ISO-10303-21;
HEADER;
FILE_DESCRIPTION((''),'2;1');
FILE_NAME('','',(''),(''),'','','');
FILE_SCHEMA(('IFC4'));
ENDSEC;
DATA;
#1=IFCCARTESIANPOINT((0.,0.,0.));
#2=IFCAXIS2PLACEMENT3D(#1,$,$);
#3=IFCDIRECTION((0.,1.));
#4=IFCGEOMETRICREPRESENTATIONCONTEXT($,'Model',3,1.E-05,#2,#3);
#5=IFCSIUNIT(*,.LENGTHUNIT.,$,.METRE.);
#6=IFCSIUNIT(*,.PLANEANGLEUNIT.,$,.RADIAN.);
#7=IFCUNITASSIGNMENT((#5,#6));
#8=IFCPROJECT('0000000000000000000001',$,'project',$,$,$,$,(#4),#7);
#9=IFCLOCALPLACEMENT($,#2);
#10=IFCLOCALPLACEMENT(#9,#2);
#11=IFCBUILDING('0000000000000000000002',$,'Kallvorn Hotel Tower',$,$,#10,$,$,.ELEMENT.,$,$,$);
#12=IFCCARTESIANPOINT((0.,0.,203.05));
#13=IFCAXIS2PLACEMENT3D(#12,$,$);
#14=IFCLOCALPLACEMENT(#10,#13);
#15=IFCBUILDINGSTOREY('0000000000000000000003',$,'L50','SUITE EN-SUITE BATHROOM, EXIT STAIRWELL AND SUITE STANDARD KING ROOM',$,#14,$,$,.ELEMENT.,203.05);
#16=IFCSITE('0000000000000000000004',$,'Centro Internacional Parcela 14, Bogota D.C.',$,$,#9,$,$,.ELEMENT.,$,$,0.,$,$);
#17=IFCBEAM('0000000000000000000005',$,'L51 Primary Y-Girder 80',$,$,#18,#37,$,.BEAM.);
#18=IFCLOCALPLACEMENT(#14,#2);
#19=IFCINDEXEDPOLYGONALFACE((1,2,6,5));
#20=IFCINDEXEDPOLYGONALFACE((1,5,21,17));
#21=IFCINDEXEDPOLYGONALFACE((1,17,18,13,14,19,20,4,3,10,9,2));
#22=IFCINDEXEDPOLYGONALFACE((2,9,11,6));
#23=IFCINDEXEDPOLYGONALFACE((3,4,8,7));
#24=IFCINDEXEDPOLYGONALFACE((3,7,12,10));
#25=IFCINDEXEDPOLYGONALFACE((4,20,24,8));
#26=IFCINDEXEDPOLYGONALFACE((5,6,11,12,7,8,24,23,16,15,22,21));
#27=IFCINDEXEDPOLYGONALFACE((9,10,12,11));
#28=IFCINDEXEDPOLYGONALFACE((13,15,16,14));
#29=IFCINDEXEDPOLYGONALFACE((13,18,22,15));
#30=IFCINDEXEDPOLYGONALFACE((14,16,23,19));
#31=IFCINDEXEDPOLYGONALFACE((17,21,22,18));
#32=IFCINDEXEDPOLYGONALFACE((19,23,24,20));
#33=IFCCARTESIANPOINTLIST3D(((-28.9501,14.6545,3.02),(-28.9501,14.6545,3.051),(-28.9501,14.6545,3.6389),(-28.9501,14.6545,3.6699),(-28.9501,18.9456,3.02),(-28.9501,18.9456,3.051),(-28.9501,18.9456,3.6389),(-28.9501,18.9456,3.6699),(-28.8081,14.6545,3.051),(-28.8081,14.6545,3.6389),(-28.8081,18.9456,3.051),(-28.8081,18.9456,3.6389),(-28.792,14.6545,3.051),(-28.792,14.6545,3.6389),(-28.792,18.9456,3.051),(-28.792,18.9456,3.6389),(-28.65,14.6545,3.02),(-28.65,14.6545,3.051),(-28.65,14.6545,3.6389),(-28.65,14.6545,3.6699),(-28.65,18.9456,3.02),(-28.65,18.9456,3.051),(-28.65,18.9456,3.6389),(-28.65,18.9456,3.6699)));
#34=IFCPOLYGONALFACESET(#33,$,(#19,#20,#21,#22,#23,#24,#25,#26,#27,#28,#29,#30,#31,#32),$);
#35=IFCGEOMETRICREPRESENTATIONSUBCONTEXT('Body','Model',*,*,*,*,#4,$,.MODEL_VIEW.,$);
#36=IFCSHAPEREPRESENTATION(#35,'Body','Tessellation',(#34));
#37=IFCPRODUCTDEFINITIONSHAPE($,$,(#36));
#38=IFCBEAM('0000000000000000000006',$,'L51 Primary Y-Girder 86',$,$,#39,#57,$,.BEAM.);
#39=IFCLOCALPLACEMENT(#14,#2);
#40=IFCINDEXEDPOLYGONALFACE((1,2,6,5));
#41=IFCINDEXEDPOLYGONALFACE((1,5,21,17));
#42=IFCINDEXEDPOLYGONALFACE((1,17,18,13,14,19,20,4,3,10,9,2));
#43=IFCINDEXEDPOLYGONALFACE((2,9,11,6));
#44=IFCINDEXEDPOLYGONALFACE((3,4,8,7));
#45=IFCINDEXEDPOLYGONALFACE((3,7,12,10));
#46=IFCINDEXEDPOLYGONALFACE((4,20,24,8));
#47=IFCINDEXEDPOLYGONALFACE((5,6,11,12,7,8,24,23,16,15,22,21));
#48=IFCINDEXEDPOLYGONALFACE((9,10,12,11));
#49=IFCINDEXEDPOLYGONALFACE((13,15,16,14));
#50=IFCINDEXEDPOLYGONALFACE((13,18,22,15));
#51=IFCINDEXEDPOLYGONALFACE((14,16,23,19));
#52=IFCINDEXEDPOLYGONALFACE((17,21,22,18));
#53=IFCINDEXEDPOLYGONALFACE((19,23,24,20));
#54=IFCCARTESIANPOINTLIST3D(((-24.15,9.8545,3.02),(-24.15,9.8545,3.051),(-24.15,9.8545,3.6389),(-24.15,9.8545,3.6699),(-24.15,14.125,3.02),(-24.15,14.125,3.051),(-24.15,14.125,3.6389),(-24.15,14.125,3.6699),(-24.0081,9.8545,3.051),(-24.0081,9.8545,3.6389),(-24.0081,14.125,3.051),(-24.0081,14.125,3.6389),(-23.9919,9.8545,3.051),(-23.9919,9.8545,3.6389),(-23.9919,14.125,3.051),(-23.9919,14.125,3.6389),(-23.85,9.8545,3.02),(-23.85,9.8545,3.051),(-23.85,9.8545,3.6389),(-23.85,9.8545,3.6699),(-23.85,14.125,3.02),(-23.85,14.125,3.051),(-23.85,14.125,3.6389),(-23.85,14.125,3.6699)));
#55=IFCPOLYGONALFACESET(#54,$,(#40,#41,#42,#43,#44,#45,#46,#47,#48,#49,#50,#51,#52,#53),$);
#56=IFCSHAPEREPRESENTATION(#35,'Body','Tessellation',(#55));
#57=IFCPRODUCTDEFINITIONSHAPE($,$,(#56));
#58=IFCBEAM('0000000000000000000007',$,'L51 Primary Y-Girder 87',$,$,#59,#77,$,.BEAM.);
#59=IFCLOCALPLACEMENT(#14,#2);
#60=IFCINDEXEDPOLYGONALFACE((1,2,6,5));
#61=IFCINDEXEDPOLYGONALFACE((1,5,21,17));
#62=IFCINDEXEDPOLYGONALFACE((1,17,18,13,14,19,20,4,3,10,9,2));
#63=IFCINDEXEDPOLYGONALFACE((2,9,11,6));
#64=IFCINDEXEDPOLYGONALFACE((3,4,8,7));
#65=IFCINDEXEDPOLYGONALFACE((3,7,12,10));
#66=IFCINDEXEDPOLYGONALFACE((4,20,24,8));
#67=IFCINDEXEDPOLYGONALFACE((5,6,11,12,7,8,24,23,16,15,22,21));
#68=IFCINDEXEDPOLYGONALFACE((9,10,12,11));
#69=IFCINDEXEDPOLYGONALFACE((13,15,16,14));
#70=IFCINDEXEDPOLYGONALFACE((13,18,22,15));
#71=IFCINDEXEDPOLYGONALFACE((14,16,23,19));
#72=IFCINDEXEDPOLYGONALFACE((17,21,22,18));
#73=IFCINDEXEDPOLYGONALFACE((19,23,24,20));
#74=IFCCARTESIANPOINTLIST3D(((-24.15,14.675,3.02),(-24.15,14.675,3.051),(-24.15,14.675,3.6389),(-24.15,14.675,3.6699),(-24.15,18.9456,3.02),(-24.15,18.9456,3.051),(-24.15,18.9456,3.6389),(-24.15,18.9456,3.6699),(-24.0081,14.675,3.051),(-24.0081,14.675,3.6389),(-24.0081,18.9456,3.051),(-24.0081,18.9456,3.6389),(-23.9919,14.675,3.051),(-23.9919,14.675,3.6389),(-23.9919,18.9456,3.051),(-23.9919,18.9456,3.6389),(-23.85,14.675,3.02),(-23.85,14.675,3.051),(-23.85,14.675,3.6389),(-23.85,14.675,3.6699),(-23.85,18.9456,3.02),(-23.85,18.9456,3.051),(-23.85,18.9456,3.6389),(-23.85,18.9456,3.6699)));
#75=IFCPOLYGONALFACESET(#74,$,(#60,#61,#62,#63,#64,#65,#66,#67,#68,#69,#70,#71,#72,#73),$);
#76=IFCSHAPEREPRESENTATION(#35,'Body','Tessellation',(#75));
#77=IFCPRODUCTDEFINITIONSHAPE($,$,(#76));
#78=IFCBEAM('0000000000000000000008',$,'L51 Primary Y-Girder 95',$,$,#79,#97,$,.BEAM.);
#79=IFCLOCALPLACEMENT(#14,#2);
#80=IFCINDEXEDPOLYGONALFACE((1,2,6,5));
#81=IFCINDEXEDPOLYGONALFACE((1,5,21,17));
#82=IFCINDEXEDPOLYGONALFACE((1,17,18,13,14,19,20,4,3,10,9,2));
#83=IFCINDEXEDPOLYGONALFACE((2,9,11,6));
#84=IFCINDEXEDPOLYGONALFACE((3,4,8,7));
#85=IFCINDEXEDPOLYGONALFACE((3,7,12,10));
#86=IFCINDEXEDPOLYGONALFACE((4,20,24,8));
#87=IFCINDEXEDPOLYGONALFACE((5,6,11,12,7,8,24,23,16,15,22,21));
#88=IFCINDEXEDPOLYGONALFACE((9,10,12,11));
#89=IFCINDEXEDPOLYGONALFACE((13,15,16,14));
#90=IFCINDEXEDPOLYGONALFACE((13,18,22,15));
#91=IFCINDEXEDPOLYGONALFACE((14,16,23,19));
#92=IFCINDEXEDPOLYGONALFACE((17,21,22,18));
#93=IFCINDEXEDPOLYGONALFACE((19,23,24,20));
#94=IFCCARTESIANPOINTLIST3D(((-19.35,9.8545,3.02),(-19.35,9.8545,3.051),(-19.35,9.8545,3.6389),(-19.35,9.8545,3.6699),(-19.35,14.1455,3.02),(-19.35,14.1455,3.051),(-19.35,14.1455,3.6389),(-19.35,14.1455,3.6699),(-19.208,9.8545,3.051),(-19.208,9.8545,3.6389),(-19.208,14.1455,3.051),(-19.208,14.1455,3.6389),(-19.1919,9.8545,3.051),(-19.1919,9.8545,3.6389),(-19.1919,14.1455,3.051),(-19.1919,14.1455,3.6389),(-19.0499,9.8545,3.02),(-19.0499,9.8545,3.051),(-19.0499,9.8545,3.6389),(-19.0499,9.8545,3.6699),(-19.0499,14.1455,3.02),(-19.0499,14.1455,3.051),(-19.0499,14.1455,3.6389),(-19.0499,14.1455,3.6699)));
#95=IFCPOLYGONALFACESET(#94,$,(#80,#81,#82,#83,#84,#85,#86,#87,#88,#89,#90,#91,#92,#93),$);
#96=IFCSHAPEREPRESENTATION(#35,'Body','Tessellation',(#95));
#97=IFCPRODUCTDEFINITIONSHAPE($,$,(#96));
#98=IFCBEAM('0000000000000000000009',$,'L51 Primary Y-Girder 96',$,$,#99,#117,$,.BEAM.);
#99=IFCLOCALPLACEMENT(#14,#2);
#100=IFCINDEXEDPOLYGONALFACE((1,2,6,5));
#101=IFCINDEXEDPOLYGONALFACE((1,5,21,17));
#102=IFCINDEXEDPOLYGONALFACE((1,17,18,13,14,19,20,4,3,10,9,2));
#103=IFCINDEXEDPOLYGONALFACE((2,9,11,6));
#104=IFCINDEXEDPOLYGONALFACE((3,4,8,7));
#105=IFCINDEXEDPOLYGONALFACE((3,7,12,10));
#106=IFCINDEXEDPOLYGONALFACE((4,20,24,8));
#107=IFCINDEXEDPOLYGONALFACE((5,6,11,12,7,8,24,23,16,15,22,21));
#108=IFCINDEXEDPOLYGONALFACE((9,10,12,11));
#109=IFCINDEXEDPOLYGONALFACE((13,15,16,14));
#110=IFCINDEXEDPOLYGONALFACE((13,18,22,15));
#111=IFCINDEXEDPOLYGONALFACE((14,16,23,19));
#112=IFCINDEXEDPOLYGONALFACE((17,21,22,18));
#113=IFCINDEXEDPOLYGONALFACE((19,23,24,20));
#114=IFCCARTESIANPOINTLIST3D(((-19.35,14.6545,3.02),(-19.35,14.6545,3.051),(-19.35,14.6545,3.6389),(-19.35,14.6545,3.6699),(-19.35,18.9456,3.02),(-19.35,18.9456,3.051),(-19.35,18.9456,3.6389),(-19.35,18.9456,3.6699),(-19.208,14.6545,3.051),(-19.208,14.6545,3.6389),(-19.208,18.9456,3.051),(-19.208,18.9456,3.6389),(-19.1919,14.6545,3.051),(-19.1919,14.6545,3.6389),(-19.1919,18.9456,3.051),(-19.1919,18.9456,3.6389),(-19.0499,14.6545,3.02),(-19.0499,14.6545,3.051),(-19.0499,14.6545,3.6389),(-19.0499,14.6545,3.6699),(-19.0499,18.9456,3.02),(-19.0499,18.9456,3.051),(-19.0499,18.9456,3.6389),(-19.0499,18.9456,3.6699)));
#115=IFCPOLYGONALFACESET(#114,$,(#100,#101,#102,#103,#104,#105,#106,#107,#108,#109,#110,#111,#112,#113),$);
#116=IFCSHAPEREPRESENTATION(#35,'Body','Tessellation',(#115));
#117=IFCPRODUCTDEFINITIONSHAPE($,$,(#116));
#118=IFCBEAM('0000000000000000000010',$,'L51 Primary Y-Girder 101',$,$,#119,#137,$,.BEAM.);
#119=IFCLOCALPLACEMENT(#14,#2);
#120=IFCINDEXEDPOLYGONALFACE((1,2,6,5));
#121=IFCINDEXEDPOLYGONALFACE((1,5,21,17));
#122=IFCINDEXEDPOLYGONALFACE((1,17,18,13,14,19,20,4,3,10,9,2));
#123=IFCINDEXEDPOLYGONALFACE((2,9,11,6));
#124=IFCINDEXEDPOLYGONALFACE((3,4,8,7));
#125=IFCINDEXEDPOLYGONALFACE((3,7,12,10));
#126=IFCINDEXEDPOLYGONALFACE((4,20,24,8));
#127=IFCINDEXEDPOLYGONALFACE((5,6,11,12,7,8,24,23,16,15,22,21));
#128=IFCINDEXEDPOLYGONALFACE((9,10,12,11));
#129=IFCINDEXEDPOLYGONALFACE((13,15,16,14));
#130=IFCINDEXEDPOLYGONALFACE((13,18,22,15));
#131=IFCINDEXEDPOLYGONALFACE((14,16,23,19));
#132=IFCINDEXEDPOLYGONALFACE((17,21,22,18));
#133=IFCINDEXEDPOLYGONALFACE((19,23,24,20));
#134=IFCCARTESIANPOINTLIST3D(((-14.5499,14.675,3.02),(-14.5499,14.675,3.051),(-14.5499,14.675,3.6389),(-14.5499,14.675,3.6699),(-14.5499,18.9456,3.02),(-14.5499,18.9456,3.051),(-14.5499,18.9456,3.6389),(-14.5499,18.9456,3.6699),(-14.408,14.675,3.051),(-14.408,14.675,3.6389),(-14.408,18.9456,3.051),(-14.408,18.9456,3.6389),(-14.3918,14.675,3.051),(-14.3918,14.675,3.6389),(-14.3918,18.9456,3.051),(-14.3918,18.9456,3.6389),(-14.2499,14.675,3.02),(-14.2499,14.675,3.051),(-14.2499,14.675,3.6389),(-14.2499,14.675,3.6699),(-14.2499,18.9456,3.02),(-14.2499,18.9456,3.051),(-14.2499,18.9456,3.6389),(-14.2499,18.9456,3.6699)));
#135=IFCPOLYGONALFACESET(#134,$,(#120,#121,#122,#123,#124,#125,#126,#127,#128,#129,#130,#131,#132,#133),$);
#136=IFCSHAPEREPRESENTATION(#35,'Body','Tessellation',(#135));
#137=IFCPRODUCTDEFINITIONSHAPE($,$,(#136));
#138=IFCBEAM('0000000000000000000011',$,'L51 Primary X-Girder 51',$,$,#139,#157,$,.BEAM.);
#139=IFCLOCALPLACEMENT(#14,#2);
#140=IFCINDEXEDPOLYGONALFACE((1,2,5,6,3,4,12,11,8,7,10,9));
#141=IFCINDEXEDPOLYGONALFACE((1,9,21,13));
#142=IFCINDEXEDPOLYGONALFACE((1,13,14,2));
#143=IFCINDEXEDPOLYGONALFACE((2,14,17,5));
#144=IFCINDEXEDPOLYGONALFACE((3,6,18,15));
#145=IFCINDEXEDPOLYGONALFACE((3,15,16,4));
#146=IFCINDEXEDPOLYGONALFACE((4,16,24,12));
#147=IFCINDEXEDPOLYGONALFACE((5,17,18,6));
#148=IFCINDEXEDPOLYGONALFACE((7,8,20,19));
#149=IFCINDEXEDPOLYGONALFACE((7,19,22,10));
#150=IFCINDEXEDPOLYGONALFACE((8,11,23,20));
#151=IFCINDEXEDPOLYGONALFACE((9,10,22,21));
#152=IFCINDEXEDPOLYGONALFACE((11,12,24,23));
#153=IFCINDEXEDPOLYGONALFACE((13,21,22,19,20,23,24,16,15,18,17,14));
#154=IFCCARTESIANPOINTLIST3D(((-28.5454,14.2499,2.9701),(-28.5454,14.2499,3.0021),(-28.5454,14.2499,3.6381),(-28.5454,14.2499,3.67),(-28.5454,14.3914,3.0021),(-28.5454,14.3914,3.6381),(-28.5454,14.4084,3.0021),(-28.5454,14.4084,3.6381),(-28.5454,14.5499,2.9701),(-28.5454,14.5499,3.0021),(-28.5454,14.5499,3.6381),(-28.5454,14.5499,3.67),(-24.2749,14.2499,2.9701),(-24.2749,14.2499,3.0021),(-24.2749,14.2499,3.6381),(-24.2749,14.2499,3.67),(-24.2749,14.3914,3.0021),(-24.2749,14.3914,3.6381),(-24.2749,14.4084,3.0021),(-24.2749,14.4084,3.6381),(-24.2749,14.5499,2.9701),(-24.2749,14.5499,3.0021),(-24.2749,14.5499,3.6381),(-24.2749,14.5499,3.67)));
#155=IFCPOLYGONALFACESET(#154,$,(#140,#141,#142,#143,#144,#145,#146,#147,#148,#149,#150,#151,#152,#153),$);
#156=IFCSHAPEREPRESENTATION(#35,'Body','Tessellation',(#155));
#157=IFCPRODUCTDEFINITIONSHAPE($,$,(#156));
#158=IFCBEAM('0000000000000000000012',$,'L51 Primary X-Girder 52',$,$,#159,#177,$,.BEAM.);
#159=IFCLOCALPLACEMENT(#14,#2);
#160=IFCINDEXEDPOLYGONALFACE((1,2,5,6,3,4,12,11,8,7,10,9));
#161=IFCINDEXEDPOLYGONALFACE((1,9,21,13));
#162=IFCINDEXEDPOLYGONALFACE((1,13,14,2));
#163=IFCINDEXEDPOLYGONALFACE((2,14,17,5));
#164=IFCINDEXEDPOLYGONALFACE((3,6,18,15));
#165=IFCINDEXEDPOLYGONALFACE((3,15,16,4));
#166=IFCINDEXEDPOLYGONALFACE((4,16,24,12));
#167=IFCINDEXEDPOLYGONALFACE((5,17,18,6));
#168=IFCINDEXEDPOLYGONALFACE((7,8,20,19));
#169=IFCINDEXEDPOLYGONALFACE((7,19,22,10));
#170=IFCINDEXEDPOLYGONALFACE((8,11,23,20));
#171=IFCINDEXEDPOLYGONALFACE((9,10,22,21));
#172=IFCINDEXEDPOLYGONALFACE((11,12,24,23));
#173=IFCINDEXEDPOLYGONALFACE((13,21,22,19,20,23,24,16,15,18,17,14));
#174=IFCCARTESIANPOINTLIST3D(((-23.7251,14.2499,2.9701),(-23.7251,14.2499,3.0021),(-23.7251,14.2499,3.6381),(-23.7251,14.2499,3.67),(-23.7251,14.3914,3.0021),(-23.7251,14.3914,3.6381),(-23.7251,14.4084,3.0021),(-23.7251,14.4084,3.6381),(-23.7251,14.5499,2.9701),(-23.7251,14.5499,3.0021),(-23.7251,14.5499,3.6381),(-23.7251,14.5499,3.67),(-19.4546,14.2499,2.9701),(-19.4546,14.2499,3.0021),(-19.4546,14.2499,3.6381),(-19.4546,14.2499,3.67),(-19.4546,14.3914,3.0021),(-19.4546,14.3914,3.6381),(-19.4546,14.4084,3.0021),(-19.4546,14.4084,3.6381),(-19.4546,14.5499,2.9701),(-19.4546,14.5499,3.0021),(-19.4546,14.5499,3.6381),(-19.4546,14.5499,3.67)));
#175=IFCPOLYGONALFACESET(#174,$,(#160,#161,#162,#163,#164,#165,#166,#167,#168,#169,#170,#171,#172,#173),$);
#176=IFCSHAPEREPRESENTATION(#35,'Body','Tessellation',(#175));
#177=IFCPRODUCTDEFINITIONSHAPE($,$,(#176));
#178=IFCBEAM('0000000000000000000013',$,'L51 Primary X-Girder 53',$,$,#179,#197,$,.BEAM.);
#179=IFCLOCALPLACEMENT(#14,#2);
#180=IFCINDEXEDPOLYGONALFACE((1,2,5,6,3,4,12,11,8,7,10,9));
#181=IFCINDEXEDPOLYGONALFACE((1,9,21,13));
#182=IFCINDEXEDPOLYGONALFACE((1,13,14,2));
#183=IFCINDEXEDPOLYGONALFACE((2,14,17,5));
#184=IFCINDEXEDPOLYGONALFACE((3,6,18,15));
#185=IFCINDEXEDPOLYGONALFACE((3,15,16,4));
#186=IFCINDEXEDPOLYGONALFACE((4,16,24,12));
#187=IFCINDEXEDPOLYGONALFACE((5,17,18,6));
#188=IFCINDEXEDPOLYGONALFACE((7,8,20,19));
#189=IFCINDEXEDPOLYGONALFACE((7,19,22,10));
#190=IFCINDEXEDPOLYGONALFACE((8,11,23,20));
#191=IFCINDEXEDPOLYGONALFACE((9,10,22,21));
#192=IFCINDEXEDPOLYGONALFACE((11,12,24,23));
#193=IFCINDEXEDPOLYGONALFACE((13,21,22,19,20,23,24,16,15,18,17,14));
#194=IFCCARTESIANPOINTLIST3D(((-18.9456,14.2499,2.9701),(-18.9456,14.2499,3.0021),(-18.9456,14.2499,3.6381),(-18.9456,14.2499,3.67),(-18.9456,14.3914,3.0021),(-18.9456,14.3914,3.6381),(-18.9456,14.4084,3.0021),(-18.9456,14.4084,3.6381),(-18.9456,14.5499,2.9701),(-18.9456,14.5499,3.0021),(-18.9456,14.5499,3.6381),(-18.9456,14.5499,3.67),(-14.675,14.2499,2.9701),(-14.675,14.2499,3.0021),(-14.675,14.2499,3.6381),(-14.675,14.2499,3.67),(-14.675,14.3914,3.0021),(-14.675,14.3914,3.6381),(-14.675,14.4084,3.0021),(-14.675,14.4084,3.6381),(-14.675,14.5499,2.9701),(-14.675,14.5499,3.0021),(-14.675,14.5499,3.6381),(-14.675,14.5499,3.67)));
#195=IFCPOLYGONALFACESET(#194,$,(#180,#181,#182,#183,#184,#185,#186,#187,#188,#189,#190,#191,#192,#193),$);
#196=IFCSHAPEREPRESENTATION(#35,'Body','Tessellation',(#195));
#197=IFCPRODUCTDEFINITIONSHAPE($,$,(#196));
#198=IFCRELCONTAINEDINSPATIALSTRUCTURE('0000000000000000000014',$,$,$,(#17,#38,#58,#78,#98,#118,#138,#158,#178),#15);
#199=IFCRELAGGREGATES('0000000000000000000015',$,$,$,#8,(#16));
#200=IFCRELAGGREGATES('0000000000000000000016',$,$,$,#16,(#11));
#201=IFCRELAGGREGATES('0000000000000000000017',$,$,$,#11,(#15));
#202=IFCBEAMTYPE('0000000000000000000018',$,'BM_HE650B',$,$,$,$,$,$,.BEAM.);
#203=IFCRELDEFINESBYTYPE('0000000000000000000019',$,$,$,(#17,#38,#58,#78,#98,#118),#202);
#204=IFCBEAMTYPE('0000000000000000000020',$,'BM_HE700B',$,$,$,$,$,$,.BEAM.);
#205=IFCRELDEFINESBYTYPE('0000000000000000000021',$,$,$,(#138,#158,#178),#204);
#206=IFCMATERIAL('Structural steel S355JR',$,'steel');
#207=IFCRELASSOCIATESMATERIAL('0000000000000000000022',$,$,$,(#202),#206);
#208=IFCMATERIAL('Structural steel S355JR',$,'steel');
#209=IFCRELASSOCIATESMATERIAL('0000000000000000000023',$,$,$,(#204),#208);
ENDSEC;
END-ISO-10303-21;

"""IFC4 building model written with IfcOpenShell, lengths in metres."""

from ifc_helpers import new_model, si_unit, direction, frame, origin, origin_2d, place, context, subcontext, project, spatial, i_section, extrude, material, material_profile, profile_set, type_object, element, save


model = new_model("IFC4")

# Units and contexts
model_context = context("Model", 3, precision=1e-05, world=origin(), true_north=direction((0.0, 1.0)))
body_context = subcontext(model_context, "Body", "Model", "MODEL_VIEW")
ifc_project = project(units=[si_unit("LENGTHUNIT", "METRE"), si_unit("PLANEANGLEUNIT", "RADIAN")], contexts=[model_context])

# Site, building, storey
site_placement = place(None, origin())
site = spatial("IfcSite", under=ifc_project, at=site_placement, Name="Centro Internacional Parcela 14, Bogota D.C.", CompositionType="ELEMENT", RefElevation=0.0)
building_placement = place(site_placement, origin())
building = spatial("IfcBuilding", under=site, at=building_placement, Name="Kallvorn Hotel Tower", CompositionType="ELEMENT")
storey_placement = place(building_placement, frame((0.0, 0.0, 203.05)))
storey = spatial("IfcBuildingStorey", under=building, at=storey_placement, Name="L50", Description="SUITE EN-SUITE BATHROOM, EXIT STAIRWELL AND SUITE STANDARD KING ROOM", CompositionType="ELEMENT", Elevation=203.05)

# Beams
ifc_material_1 = material(Name="Structural steel S355JR", Category="steel")
ifc_material_profile_1 = material_profile(ifc_material_1, i_section(OverallWidth=0.3, OverallDepth=0.6499, WebThickness=0.0161, FlangeThickness=0.031, at=origin_2d()), Name="HE 650 B")
ifc_profile_set_1 = profile_set([ifc_material_profile_1], Name="Structural steel S355JR")
beam_type_1 = type_object("IfcBeamType", Name="BM_HE650B", PredefinedType="BEAM", material=ifc_profile_set_1)
for number, where, z_axis, x_axis, name in (
    (1, (-28.8, 14.6545, 3.345), (0.0, 1.0, 0.0), (-1.0, 0.0, 0.0), "L51 Primary Y-Girder 80"),
):
    element("IfcBeam", number, at=place(storey_placement, frame(where, z_axis=z_axis, x_axis=x_axis)), inside=storey, type_object=beam_type_1, Name=name, PredefinedType="BEAM", context=body_context, shape_type="SweptSolid", body=[
        extrude(i_section(OverallWidth=0.3, OverallDepth=0.6499, WebThickness=0.0161, FlangeThickness=0.031, at=origin_2d()), origin(), (0.0, 0.0, 1.0), 4.291),
    ])
for number, where, z_axis, x_axis, name in (
    (2, (-24.0, 9.8545, 3.345), (0.0, 1.0, 0.0), (-1.0, 0.0, 0.0), "L51 Primary Y-Girder 86"),
    (3, (-24.0, 14.675, 3.345), (0.0, 1.0, 0.0), (-1.0, 0.0, 0.0), "L51 Primary Y-Girder 87"),
):
    element("IfcBeam", number, at=place(storey_placement, frame(where, z_axis=z_axis, x_axis=x_axis)), inside=storey, type_object=beam_type_1, Name=name, PredefinedType="BEAM", context=body_context, shape_type="SweptSolid", body=[
        extrude(i_section(OverallWidth=0.3, OverallDepth=0.6499, WebThickness=0.0161, FlangeThickness=0.031, at=origin_2d()), origin(), (0.0, 0.0, 1.0), 4.2705),
    ])
for number, where, z_axis, x_axis, name in (
    (4, (-19.2, 9.8545, 3.345), (0.0, 1.0, 0.0), (-1.0, 0.0, 0.0), "L51 Primary Y-Girder 95"),
    (5, (-19.2, 14.6545, 3.345), (0.0, 1.0, 0.0), (-1.0, 0.0, 0.0), "L51 Primary Y-Girder 96"),
):
    element("IfcBeam", number, at=place(storey_placement, frame(where, z_axis=z_axis, x_axis=x_axis)), inside=storey, type_object=beam_type_1, Name=name, PredefinedType="BEAM", context=body_context, shape_type="SweptSolid", body=[
        extrude(i_section(OverallWidth=0.3, OverallDepth=0.6499, WebThickness=0.0161, FlangeThickness=0.031, at=origin_2d()), origin(), (0.0, 0.0, 1.0), 4.291),
    ])
beam_placement = place(storey_placement, frame((-14.3999, 14.675, 3.345), z_axis=(0.0, 1.0, 0.0), x_axis=(-1.0, 0.0, 0.0)))
element("IfcBeam", 6, at=beam_placement, inside=storey, type_object=beam_type_1, Name="L51 Primary Y-Girder 101", PredefinedType="BEAM", context=body_context, shape_type="SweptSolid", body=[
    extrude(i_section(OverallWidth=0.3, OverallDepth=0.6499, WebThickness=0.0161, FlangeThickness=0.031, at=origin_2d()), origin(), (0.0, 0.0, 1.0), 4.2705),
])
ifc_material_2 = material(Name="Structural steel S355JR", Category="steel")
ifc_material_profile_2 = material_profile(ifc_material_2, i_section(OverallWidth=0.3, OverallDepth=0.7, WebThickness=0.0171, FlangeThickness=0.032, at=origin_2d()), Name="HE 700 B")
ifc_profile_set_2 = profile_set([ifc_material_profile_2], Name="Structural steel S355JR")
beam_type_2 = type_object("IfcBeamType", Name="BM_HE700B", PredefinedType="BEAM", material=ifc_profile_set_2)
for number, where, z_axis, x_axis, name in (
    (7, (-28.5454, 14.3999, 3.3201), (1.0, 0.0, 0.0), (0.0, 1.0, 0.0), "L51 Primary X-Girder 51"),
    (8, (-23.7251, 14.3999, 3.3201), (1.0, 0.0, 0.0), (0.0, 1.0, 0.0), "L51 Primary X-Girder 52"),
    (9, (-18.9456, 14.3999, 3.3201), (1.0, 0.0, 0.0), (0.0, 1.0, 0.0), "L51 Primary X-Girder 53"),
):
    element("IfcBeam", number, at=place(storey_placement, frame(where, z_axis=z_axis, x_axis=x_axis)), inside=storey, type_object=beam_type_2, Name=name, PredefinedType="BEAM", context=body_context, shape_type="SweptSolid", body=[
        extrude(i_section(OverallWidth=0.3, OverallDepth=0.7, WebThickness=0.0171, FlangeThickness=0.032, at=origin_2d()), origin(), (0.0, 0.0, 1.0), 4.2705),
    ])

save(model, "model.ifc")
